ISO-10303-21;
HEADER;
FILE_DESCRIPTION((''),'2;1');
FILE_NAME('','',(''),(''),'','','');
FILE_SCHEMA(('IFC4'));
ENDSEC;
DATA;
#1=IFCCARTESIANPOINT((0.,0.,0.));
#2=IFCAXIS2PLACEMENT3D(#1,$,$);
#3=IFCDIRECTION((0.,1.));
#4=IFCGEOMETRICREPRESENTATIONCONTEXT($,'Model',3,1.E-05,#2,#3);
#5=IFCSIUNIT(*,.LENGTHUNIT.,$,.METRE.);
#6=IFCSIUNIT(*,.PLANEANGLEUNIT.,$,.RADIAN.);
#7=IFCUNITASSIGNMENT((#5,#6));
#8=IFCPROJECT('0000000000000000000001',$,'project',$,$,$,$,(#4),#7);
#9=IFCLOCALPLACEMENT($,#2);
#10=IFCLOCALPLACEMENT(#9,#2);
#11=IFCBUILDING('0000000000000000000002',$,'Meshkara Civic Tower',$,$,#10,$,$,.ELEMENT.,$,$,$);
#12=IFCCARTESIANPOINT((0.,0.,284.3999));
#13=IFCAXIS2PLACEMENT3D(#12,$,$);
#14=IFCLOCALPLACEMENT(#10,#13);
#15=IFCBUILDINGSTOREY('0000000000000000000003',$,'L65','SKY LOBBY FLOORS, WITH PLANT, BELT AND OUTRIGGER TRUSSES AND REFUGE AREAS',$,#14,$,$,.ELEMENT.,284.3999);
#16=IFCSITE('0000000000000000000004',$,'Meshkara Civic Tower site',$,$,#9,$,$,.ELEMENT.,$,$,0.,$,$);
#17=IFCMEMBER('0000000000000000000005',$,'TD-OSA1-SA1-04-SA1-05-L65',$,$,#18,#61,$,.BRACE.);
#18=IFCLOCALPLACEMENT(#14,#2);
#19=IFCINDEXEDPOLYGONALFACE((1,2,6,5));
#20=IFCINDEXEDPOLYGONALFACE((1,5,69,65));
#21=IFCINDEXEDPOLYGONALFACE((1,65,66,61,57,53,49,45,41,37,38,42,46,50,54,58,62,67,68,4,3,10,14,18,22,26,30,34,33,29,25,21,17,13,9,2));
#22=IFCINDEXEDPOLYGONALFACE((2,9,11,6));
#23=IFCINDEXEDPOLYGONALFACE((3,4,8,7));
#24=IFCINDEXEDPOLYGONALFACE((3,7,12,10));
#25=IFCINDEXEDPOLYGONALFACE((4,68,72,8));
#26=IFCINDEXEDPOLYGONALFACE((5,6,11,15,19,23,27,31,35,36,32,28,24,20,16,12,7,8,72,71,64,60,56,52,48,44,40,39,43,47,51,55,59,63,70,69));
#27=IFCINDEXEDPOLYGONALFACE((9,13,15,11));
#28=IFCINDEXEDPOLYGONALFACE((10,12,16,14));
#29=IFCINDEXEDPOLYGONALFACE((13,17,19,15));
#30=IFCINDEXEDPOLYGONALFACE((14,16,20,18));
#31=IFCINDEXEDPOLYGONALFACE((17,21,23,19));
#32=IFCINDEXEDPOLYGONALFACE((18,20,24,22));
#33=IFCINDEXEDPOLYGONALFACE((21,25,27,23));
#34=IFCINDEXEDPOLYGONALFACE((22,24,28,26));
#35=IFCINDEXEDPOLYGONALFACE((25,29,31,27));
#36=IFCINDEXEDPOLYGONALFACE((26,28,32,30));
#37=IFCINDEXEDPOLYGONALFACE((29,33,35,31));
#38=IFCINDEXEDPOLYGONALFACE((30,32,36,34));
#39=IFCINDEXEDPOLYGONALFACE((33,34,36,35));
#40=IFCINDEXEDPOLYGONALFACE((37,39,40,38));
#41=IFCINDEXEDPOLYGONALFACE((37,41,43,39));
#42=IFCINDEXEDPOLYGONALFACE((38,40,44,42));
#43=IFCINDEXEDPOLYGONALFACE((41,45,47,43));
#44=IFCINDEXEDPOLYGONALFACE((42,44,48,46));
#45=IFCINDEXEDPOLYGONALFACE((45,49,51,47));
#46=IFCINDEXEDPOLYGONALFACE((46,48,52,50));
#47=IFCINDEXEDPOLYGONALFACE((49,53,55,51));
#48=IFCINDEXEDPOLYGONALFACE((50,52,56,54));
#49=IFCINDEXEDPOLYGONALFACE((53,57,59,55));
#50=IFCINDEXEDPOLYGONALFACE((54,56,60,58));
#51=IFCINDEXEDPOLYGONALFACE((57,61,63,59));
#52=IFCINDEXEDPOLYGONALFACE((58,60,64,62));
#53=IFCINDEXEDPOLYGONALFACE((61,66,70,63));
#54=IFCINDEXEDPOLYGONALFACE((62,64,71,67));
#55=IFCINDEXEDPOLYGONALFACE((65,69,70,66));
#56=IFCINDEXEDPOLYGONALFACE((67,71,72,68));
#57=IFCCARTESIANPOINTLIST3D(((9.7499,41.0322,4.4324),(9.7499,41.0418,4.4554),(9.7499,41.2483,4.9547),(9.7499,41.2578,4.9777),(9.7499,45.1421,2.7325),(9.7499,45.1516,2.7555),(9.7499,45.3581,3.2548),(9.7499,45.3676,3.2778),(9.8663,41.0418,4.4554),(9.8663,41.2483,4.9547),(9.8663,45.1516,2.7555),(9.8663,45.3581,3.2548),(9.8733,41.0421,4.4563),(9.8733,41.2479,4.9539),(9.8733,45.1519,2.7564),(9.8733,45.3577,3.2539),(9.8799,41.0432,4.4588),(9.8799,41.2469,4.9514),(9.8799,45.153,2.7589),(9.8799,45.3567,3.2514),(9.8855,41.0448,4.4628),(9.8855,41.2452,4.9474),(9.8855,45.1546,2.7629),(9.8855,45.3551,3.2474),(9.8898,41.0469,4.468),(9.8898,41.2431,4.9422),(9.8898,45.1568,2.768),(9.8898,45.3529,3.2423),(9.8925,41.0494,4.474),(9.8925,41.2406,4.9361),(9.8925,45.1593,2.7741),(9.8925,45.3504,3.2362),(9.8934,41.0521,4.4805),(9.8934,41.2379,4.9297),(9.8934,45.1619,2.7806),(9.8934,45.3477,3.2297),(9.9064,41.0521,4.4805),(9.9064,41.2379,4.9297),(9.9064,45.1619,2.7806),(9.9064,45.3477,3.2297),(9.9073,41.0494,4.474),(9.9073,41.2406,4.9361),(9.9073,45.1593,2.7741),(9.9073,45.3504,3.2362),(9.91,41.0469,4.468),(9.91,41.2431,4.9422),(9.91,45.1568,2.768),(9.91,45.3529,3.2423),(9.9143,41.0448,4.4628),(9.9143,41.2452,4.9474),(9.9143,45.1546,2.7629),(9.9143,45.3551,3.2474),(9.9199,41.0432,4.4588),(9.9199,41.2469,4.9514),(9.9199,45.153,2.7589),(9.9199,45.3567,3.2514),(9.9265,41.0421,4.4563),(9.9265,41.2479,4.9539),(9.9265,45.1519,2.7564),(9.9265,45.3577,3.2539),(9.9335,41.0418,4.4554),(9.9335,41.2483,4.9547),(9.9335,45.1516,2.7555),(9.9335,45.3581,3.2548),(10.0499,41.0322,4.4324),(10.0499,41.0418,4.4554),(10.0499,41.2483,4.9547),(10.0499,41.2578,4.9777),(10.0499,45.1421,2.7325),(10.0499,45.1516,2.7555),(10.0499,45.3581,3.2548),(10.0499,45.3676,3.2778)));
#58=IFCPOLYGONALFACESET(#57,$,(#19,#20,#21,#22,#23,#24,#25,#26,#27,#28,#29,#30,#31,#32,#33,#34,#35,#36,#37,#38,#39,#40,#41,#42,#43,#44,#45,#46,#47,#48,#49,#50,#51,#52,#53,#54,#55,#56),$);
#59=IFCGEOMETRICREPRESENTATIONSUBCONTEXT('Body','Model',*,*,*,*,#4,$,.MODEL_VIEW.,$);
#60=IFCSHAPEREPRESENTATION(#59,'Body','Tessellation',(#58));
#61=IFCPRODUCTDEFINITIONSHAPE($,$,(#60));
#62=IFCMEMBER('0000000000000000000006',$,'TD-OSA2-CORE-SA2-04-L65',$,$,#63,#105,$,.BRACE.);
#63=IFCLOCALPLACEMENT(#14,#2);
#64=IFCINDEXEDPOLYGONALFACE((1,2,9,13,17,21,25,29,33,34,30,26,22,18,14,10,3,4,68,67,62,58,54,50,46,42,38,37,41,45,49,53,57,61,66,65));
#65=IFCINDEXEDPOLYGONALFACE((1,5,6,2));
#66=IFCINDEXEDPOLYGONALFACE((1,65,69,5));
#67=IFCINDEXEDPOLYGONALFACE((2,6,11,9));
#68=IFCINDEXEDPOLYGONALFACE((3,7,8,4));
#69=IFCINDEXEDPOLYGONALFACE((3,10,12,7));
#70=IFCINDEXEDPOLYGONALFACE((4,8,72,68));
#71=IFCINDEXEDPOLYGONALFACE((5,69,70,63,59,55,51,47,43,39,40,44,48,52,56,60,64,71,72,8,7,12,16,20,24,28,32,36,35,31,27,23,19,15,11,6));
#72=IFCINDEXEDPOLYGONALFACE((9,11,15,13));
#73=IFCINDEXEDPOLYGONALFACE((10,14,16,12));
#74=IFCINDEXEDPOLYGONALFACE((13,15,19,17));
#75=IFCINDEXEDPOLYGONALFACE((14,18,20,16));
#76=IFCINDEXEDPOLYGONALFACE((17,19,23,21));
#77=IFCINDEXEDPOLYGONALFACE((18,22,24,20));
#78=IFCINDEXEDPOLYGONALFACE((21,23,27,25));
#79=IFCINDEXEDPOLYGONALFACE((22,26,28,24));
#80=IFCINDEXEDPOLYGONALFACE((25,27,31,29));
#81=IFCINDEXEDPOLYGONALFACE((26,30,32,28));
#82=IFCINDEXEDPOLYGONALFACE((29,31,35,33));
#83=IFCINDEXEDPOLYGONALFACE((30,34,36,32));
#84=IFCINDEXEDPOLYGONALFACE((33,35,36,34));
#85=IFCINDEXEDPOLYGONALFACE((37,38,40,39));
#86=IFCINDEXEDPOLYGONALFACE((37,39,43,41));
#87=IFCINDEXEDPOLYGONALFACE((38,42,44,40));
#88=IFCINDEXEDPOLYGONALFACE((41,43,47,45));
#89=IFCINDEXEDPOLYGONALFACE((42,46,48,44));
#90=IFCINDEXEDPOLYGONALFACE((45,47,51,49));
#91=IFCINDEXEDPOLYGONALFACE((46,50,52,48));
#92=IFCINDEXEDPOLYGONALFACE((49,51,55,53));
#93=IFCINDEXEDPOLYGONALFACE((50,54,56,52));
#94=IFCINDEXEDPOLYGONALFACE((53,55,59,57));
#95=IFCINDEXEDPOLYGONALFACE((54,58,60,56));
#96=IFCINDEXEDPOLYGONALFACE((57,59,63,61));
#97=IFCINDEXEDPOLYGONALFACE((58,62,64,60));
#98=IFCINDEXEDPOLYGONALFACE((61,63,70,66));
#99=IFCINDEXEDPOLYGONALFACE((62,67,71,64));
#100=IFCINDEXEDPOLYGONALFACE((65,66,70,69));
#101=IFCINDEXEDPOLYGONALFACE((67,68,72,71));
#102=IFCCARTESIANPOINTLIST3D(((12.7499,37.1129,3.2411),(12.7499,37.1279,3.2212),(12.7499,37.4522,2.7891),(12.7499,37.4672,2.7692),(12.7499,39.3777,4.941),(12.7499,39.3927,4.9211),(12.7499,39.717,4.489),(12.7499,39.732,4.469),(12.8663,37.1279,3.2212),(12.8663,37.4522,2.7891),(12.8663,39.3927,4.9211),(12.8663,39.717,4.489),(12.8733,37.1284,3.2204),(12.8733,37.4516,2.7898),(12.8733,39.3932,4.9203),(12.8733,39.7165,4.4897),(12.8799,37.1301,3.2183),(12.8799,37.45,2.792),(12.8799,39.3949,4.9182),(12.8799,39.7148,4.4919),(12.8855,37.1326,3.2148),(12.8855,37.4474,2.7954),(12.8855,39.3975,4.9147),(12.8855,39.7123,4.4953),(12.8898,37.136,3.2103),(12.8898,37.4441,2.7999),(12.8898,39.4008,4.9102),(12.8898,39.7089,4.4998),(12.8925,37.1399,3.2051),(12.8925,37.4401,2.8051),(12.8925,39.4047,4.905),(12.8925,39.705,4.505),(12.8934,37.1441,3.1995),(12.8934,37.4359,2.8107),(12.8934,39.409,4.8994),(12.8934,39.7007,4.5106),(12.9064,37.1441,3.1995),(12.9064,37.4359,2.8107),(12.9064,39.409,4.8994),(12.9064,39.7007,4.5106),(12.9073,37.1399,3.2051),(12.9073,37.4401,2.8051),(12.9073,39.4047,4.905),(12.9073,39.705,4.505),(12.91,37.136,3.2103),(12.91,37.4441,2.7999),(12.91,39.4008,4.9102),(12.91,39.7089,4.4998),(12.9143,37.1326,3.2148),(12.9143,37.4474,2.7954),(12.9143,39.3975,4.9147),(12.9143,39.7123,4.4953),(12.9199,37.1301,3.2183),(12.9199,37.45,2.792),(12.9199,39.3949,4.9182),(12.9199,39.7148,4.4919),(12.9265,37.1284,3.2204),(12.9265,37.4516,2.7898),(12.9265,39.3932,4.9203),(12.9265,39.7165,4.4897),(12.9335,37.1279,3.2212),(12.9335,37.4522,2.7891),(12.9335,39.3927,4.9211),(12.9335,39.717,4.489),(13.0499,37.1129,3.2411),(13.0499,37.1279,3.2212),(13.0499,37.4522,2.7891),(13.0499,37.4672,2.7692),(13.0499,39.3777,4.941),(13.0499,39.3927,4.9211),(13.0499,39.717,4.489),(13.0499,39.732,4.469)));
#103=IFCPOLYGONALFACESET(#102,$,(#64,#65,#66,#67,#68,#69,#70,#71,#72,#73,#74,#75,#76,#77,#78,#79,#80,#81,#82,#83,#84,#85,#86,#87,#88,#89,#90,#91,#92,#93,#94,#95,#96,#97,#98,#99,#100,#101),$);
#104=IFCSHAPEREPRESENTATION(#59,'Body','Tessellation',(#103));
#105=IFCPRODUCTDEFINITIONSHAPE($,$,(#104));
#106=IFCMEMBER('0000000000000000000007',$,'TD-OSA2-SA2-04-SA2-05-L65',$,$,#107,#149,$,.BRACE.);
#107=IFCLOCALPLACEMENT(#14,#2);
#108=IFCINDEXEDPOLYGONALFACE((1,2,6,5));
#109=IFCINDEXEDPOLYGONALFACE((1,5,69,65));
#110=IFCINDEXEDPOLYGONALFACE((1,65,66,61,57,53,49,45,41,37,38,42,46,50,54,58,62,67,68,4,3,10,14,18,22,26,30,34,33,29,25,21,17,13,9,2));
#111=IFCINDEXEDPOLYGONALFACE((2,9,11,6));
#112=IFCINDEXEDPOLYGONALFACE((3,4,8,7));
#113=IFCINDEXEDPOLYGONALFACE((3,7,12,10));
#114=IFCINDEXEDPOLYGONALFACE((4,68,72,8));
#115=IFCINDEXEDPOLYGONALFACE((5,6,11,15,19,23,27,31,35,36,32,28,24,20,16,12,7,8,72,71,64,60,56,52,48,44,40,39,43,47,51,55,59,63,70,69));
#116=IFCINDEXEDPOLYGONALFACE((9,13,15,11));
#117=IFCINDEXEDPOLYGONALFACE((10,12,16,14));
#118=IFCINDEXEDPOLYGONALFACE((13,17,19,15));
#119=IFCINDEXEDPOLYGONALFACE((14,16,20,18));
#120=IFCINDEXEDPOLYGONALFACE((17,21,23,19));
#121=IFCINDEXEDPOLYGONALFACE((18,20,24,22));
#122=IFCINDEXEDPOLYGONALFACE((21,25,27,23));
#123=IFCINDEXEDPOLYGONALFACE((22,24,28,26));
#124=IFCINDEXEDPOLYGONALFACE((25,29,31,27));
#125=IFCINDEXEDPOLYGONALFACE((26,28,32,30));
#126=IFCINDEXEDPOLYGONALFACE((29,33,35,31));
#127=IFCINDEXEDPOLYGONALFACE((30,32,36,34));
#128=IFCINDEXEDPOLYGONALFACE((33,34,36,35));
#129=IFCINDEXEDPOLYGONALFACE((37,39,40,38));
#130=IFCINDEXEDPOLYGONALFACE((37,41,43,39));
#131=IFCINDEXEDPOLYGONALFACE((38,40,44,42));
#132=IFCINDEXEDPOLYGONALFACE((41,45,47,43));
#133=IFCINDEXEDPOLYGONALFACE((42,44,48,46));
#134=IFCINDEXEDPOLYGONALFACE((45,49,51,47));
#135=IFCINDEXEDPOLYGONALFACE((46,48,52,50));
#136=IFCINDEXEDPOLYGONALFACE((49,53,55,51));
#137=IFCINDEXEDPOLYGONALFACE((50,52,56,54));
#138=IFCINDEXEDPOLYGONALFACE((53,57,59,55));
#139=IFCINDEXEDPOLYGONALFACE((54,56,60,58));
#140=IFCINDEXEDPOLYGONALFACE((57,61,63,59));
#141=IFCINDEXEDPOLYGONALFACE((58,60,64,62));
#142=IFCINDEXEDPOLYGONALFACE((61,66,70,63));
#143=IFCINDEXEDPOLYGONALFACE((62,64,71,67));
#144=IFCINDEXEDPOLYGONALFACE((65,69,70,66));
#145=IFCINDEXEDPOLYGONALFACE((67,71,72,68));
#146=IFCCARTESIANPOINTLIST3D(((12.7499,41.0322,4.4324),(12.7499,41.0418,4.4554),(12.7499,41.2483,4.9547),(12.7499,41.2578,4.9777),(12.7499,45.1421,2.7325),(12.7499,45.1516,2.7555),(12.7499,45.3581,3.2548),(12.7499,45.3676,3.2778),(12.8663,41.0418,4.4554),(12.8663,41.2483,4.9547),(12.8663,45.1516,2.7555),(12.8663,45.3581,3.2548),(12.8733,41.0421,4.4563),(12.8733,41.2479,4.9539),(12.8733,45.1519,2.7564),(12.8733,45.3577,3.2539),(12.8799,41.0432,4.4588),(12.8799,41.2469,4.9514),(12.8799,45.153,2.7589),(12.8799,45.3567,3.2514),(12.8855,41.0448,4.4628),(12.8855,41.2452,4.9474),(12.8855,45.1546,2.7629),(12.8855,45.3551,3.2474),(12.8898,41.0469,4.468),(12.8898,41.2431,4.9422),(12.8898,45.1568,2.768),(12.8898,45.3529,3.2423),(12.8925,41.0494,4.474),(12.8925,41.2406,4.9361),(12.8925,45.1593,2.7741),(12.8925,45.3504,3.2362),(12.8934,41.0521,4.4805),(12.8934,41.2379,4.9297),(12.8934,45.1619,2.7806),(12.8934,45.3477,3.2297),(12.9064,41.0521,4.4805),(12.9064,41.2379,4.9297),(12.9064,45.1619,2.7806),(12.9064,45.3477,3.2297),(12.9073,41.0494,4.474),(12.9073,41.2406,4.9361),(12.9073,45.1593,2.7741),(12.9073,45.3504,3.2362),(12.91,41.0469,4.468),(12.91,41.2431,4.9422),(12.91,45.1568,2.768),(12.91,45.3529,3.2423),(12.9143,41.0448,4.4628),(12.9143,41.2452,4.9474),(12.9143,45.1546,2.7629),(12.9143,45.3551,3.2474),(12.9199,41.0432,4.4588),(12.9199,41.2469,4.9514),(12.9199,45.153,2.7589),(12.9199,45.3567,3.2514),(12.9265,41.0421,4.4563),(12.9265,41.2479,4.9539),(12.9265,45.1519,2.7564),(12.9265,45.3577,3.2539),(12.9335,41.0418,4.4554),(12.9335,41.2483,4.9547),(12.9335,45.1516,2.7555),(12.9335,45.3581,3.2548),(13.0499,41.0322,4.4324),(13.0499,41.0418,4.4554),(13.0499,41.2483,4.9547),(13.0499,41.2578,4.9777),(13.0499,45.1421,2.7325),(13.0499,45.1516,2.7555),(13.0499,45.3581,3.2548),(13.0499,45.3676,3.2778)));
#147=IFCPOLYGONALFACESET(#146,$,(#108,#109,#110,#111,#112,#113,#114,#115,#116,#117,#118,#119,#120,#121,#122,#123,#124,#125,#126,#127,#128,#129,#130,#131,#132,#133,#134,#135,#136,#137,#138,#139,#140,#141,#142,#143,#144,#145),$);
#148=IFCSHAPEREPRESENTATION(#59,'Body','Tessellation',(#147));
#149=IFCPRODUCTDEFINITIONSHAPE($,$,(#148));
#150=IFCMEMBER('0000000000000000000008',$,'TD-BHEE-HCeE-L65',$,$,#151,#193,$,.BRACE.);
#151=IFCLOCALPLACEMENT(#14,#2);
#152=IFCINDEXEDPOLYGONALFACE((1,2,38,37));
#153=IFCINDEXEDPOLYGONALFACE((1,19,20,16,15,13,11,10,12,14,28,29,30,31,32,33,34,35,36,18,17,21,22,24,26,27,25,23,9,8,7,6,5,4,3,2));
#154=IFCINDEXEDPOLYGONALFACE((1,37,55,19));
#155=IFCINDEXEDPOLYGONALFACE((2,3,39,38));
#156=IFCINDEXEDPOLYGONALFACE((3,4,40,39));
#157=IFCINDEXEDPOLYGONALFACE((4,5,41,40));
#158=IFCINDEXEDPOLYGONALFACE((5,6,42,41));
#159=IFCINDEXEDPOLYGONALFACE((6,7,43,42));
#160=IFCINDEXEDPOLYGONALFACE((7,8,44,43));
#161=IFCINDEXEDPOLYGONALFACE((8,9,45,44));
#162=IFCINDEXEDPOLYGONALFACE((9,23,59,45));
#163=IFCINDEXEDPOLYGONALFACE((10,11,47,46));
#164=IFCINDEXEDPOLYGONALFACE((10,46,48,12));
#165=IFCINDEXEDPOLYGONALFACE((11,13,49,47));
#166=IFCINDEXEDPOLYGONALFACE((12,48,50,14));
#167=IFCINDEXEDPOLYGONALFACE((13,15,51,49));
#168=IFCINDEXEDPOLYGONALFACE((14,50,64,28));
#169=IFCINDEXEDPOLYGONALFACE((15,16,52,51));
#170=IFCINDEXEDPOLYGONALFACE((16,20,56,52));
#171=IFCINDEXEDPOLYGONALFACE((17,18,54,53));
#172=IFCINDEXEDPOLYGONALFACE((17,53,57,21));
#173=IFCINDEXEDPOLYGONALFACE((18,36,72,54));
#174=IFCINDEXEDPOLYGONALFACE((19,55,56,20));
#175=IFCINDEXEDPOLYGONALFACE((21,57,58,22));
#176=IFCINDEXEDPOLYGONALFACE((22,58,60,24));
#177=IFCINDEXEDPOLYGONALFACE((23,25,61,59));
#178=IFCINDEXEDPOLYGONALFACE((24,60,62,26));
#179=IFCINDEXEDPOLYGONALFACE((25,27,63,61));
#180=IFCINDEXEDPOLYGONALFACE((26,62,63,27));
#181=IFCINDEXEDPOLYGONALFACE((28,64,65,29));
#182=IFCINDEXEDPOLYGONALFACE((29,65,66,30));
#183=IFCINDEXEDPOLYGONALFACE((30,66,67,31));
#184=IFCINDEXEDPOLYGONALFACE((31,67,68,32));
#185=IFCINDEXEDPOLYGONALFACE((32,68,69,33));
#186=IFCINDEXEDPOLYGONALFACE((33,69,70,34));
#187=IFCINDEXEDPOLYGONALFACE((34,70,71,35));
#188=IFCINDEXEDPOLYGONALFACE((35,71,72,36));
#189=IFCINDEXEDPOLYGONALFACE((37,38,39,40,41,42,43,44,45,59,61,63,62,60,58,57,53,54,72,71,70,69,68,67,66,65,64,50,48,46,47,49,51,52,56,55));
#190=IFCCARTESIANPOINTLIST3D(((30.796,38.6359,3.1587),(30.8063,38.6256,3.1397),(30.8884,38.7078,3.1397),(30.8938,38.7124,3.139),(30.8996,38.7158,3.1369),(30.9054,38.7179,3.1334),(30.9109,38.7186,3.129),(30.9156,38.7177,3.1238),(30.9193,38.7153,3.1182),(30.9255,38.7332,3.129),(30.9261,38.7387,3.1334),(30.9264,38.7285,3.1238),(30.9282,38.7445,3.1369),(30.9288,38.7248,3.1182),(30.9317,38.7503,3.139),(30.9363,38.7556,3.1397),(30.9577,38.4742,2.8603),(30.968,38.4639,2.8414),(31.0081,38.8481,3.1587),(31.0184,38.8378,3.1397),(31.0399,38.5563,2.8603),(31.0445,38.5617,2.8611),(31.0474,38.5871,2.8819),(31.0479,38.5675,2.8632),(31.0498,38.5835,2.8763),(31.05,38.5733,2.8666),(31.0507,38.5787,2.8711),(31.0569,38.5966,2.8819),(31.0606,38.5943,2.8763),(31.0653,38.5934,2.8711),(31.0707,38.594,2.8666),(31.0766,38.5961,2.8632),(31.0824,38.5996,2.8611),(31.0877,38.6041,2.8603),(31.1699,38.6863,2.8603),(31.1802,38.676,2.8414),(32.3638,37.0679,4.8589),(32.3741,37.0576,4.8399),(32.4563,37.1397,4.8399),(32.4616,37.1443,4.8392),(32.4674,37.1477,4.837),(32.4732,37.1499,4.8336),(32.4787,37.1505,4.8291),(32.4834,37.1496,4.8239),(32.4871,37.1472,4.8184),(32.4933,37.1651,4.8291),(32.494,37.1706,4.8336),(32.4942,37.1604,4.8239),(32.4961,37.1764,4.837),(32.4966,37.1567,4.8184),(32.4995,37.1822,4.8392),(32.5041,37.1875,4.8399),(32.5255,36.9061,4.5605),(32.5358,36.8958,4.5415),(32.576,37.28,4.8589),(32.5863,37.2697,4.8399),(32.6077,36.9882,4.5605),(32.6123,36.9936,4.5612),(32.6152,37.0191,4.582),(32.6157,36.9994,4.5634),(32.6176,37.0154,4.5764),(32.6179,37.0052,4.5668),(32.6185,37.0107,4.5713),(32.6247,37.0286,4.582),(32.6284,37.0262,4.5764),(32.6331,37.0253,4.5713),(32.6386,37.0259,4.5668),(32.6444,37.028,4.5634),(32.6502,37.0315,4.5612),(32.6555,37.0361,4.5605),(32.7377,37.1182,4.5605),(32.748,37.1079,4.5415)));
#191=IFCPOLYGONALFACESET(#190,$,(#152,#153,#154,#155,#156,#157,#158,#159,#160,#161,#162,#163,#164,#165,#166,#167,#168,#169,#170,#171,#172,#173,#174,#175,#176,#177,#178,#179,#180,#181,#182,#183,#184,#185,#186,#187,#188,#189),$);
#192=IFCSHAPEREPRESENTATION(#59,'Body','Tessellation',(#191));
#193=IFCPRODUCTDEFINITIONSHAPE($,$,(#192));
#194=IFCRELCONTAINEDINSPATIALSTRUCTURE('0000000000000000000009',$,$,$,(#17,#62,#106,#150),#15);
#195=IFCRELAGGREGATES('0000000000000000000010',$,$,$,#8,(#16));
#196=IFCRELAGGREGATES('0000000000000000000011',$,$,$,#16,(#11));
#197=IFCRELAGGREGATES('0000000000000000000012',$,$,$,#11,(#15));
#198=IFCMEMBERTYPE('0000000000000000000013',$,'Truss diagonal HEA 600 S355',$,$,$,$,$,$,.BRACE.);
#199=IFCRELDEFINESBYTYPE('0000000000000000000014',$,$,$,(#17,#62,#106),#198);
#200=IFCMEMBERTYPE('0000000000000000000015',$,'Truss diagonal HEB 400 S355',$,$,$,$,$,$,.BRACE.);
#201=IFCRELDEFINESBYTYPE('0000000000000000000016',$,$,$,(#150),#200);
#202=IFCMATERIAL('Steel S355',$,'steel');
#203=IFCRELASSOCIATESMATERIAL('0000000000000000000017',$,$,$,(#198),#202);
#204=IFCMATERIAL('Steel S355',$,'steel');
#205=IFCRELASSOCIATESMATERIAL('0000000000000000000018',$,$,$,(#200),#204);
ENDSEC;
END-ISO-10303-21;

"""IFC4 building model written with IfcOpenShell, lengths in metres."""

from ifc_helpers import new_model, si_unit, direction, frame, origin, origin_2d, place, context, subcontext, project, spatial, i_section, extrude, material, material_profile, profile_set, type_object, element, save


model = new_model("IFC4")

# Units and contexts
model_context = context("Model", 3, precision=1e-05, world=origin(), true_north=direction((0.0, 1.0)))
body_context = subcontext(model_context, "Body", "Model", "MODEL_VIEW")
ifc_project = project(units=[si_unit("LENGTHUNIT", "METRE"), si_unit("PLANEANGLEUNIT", "RADIAN")], contexts=[model_context])

# Site, building, storey
site_placement = place(None, origin())
site = spatial("IfcSite", under=ifc_project, at=site_placement, Name="Meshkara Civic Tower site", CompositionType="ELEMENT", RefElevation=0.0)
building_placement = place(site_placement, origin())
building = spatial("IfcBuilding", under=site, at=building_placement, Name="Meshkara Civic Tower", CompositionType="ELEMENT")
storey_placement = place(building_placement, frame((0.0, 0.0, 284.3999)))
storey = spatial("IfcBuildingStorey", under=building, at=storey_placement, Name="L65", Description="SKY LOBBY FLOORS, WITH PLANT, BELT AND OUTRIGGER TRUSSES AND REFUGE AREAS", CompositionType="ELEMENT", Elevation=284.3999)

# Members
ifc_material_1 = material(Name="Steel S355", Category="steel")
ifc_material_profile_1 = material_profile(ifc_material_1, i_section(OverallWidth=0.3, OverallDepth=0.5901, WebThickness=0.0129, FlangeThickness=0.0249, FilletRadius=0.0271, at=origin_2d()))
ifc_profile_set_1 = profile_set([ifc_material_profile_1], Name="Steel S355")
member_type_1 = type_object("IfcMemberType", Name="Truss diagonal HEA 600 S355", PredefinedType="BRACE", material=ifc_profile_set_1)
member_1_placement = place(storey_placement, frame((9.8999, 41.145, 4.7051), z_axis=(0.0, 0.924071, -0.382221), x_axis=(-1.0, 0.0, 0.0)))
element("IfcMember", 1, at=member_1_placement, inside=storey, type_object=member_type_1, Name="TD-OSA1-SA1-04-SA1-05-L65", PredefinedType="BRACE", context=body_context, shape_type="SweptSolid", body=[
    extrude(i_section(OverallWidth=0.3, OverallDepth=0.5901, WebThickness=0.0129, FlangeThickness=0.0249, FilletRadius=0.0271, at=origin_2d()), origin(), (0.0, 0.0, 1.0), 4.4475),
])
member_2_placement = place(storey_placement, frame((12.8999, 37.29, 3.0051), z_axis=(0.0, 0.799783, 0.60029), x_axis=(-1.0, 0.0, 0.0)))
element("IfcMember", 2, at=member_2_placement, inside=storey, type_object=member_type_1, Name="TD-OSA2-CORE-SA2-04-L65", PredefinedType="BRACE", context=body_context, shape_type="SweptSolid", body=[
    extrude(i_section(OverallWidth=0.3, OverallDepth=0.5901, WebThickness=0.0129, FlangeThickness=0.0249, FilletRadius=0.0271, at=origin_2d()), origin(), (0.0, 0.0, 1.0), 2.8318),
])
member_3_placement = place(storey_placement, frame((12.8999, 41.145, 4.7051), z_axis=(0.0, 0.924071, -0.382221), x_axis=(-1.0, 0.0, 0.0)))
element("IfcMember", 3, at=member_3_placement, inside=storey, type_object=member_type_1, Name="TD-OSA2-SA2-04-SA2-05-L65", PredefinedType="BRACE", context=body_context, shape_type="SweptSolid", body=[
    extrude(i_section(OverallWidth=0.3, OverallDepth=0.5901, WebThickness=0.0129, FlangeThickness=0.0249, FilletRadius=0.0271, at=origin_2d()), origin(), (0.0, 0.0, 1.0), 4.4475),
])
ifc_material_2 = material(Name="Steel S355", Category="steel")
ifc_material_profile_2 = material_profile(ifc_material_2, i_section(OverallWidth=0.3, OverallDepth=0.3999, WebThickness=0.0134, FlangeThickness=0.0239, FilletRadius=0.0271, at=origin_2d()))
ifc_profile_set_2 = profile_set([ifc_material_profile_2], Name="Steel S355")
member_type_2 = type_object("IfcMemberType", Name="Truss diagonal HEB 400 S355", PredefinedType="BRACE", material=ifc_profile_set_2)
member_4_placement = place(storey_placement, frame((32.5559, 37.0879, 4.7002), z_axis=(-0.561105, 0.561192, -0.608461), x_axis=(-0.707162, -0.707052, 0.0)))
element("IfcMember", 4, at=member_4_placement, inside=storey, type_object=member_type_2, Name="TD-BHEE-HCeE-L65", PredefinedType="BRACE", context=body_context, shape_type="SweptSolid", body=[
    extrude(i_section(OverallWidth=0.3, OverallDepth=0.3999, WebThickness=0.0134, FlangeThickness=0.0239, FilletRadius=0.0271, at=origin_2d()), origin(), (0.0, 0.0, 1.0), 2.7942),
])

save(model, "model.ifc")
